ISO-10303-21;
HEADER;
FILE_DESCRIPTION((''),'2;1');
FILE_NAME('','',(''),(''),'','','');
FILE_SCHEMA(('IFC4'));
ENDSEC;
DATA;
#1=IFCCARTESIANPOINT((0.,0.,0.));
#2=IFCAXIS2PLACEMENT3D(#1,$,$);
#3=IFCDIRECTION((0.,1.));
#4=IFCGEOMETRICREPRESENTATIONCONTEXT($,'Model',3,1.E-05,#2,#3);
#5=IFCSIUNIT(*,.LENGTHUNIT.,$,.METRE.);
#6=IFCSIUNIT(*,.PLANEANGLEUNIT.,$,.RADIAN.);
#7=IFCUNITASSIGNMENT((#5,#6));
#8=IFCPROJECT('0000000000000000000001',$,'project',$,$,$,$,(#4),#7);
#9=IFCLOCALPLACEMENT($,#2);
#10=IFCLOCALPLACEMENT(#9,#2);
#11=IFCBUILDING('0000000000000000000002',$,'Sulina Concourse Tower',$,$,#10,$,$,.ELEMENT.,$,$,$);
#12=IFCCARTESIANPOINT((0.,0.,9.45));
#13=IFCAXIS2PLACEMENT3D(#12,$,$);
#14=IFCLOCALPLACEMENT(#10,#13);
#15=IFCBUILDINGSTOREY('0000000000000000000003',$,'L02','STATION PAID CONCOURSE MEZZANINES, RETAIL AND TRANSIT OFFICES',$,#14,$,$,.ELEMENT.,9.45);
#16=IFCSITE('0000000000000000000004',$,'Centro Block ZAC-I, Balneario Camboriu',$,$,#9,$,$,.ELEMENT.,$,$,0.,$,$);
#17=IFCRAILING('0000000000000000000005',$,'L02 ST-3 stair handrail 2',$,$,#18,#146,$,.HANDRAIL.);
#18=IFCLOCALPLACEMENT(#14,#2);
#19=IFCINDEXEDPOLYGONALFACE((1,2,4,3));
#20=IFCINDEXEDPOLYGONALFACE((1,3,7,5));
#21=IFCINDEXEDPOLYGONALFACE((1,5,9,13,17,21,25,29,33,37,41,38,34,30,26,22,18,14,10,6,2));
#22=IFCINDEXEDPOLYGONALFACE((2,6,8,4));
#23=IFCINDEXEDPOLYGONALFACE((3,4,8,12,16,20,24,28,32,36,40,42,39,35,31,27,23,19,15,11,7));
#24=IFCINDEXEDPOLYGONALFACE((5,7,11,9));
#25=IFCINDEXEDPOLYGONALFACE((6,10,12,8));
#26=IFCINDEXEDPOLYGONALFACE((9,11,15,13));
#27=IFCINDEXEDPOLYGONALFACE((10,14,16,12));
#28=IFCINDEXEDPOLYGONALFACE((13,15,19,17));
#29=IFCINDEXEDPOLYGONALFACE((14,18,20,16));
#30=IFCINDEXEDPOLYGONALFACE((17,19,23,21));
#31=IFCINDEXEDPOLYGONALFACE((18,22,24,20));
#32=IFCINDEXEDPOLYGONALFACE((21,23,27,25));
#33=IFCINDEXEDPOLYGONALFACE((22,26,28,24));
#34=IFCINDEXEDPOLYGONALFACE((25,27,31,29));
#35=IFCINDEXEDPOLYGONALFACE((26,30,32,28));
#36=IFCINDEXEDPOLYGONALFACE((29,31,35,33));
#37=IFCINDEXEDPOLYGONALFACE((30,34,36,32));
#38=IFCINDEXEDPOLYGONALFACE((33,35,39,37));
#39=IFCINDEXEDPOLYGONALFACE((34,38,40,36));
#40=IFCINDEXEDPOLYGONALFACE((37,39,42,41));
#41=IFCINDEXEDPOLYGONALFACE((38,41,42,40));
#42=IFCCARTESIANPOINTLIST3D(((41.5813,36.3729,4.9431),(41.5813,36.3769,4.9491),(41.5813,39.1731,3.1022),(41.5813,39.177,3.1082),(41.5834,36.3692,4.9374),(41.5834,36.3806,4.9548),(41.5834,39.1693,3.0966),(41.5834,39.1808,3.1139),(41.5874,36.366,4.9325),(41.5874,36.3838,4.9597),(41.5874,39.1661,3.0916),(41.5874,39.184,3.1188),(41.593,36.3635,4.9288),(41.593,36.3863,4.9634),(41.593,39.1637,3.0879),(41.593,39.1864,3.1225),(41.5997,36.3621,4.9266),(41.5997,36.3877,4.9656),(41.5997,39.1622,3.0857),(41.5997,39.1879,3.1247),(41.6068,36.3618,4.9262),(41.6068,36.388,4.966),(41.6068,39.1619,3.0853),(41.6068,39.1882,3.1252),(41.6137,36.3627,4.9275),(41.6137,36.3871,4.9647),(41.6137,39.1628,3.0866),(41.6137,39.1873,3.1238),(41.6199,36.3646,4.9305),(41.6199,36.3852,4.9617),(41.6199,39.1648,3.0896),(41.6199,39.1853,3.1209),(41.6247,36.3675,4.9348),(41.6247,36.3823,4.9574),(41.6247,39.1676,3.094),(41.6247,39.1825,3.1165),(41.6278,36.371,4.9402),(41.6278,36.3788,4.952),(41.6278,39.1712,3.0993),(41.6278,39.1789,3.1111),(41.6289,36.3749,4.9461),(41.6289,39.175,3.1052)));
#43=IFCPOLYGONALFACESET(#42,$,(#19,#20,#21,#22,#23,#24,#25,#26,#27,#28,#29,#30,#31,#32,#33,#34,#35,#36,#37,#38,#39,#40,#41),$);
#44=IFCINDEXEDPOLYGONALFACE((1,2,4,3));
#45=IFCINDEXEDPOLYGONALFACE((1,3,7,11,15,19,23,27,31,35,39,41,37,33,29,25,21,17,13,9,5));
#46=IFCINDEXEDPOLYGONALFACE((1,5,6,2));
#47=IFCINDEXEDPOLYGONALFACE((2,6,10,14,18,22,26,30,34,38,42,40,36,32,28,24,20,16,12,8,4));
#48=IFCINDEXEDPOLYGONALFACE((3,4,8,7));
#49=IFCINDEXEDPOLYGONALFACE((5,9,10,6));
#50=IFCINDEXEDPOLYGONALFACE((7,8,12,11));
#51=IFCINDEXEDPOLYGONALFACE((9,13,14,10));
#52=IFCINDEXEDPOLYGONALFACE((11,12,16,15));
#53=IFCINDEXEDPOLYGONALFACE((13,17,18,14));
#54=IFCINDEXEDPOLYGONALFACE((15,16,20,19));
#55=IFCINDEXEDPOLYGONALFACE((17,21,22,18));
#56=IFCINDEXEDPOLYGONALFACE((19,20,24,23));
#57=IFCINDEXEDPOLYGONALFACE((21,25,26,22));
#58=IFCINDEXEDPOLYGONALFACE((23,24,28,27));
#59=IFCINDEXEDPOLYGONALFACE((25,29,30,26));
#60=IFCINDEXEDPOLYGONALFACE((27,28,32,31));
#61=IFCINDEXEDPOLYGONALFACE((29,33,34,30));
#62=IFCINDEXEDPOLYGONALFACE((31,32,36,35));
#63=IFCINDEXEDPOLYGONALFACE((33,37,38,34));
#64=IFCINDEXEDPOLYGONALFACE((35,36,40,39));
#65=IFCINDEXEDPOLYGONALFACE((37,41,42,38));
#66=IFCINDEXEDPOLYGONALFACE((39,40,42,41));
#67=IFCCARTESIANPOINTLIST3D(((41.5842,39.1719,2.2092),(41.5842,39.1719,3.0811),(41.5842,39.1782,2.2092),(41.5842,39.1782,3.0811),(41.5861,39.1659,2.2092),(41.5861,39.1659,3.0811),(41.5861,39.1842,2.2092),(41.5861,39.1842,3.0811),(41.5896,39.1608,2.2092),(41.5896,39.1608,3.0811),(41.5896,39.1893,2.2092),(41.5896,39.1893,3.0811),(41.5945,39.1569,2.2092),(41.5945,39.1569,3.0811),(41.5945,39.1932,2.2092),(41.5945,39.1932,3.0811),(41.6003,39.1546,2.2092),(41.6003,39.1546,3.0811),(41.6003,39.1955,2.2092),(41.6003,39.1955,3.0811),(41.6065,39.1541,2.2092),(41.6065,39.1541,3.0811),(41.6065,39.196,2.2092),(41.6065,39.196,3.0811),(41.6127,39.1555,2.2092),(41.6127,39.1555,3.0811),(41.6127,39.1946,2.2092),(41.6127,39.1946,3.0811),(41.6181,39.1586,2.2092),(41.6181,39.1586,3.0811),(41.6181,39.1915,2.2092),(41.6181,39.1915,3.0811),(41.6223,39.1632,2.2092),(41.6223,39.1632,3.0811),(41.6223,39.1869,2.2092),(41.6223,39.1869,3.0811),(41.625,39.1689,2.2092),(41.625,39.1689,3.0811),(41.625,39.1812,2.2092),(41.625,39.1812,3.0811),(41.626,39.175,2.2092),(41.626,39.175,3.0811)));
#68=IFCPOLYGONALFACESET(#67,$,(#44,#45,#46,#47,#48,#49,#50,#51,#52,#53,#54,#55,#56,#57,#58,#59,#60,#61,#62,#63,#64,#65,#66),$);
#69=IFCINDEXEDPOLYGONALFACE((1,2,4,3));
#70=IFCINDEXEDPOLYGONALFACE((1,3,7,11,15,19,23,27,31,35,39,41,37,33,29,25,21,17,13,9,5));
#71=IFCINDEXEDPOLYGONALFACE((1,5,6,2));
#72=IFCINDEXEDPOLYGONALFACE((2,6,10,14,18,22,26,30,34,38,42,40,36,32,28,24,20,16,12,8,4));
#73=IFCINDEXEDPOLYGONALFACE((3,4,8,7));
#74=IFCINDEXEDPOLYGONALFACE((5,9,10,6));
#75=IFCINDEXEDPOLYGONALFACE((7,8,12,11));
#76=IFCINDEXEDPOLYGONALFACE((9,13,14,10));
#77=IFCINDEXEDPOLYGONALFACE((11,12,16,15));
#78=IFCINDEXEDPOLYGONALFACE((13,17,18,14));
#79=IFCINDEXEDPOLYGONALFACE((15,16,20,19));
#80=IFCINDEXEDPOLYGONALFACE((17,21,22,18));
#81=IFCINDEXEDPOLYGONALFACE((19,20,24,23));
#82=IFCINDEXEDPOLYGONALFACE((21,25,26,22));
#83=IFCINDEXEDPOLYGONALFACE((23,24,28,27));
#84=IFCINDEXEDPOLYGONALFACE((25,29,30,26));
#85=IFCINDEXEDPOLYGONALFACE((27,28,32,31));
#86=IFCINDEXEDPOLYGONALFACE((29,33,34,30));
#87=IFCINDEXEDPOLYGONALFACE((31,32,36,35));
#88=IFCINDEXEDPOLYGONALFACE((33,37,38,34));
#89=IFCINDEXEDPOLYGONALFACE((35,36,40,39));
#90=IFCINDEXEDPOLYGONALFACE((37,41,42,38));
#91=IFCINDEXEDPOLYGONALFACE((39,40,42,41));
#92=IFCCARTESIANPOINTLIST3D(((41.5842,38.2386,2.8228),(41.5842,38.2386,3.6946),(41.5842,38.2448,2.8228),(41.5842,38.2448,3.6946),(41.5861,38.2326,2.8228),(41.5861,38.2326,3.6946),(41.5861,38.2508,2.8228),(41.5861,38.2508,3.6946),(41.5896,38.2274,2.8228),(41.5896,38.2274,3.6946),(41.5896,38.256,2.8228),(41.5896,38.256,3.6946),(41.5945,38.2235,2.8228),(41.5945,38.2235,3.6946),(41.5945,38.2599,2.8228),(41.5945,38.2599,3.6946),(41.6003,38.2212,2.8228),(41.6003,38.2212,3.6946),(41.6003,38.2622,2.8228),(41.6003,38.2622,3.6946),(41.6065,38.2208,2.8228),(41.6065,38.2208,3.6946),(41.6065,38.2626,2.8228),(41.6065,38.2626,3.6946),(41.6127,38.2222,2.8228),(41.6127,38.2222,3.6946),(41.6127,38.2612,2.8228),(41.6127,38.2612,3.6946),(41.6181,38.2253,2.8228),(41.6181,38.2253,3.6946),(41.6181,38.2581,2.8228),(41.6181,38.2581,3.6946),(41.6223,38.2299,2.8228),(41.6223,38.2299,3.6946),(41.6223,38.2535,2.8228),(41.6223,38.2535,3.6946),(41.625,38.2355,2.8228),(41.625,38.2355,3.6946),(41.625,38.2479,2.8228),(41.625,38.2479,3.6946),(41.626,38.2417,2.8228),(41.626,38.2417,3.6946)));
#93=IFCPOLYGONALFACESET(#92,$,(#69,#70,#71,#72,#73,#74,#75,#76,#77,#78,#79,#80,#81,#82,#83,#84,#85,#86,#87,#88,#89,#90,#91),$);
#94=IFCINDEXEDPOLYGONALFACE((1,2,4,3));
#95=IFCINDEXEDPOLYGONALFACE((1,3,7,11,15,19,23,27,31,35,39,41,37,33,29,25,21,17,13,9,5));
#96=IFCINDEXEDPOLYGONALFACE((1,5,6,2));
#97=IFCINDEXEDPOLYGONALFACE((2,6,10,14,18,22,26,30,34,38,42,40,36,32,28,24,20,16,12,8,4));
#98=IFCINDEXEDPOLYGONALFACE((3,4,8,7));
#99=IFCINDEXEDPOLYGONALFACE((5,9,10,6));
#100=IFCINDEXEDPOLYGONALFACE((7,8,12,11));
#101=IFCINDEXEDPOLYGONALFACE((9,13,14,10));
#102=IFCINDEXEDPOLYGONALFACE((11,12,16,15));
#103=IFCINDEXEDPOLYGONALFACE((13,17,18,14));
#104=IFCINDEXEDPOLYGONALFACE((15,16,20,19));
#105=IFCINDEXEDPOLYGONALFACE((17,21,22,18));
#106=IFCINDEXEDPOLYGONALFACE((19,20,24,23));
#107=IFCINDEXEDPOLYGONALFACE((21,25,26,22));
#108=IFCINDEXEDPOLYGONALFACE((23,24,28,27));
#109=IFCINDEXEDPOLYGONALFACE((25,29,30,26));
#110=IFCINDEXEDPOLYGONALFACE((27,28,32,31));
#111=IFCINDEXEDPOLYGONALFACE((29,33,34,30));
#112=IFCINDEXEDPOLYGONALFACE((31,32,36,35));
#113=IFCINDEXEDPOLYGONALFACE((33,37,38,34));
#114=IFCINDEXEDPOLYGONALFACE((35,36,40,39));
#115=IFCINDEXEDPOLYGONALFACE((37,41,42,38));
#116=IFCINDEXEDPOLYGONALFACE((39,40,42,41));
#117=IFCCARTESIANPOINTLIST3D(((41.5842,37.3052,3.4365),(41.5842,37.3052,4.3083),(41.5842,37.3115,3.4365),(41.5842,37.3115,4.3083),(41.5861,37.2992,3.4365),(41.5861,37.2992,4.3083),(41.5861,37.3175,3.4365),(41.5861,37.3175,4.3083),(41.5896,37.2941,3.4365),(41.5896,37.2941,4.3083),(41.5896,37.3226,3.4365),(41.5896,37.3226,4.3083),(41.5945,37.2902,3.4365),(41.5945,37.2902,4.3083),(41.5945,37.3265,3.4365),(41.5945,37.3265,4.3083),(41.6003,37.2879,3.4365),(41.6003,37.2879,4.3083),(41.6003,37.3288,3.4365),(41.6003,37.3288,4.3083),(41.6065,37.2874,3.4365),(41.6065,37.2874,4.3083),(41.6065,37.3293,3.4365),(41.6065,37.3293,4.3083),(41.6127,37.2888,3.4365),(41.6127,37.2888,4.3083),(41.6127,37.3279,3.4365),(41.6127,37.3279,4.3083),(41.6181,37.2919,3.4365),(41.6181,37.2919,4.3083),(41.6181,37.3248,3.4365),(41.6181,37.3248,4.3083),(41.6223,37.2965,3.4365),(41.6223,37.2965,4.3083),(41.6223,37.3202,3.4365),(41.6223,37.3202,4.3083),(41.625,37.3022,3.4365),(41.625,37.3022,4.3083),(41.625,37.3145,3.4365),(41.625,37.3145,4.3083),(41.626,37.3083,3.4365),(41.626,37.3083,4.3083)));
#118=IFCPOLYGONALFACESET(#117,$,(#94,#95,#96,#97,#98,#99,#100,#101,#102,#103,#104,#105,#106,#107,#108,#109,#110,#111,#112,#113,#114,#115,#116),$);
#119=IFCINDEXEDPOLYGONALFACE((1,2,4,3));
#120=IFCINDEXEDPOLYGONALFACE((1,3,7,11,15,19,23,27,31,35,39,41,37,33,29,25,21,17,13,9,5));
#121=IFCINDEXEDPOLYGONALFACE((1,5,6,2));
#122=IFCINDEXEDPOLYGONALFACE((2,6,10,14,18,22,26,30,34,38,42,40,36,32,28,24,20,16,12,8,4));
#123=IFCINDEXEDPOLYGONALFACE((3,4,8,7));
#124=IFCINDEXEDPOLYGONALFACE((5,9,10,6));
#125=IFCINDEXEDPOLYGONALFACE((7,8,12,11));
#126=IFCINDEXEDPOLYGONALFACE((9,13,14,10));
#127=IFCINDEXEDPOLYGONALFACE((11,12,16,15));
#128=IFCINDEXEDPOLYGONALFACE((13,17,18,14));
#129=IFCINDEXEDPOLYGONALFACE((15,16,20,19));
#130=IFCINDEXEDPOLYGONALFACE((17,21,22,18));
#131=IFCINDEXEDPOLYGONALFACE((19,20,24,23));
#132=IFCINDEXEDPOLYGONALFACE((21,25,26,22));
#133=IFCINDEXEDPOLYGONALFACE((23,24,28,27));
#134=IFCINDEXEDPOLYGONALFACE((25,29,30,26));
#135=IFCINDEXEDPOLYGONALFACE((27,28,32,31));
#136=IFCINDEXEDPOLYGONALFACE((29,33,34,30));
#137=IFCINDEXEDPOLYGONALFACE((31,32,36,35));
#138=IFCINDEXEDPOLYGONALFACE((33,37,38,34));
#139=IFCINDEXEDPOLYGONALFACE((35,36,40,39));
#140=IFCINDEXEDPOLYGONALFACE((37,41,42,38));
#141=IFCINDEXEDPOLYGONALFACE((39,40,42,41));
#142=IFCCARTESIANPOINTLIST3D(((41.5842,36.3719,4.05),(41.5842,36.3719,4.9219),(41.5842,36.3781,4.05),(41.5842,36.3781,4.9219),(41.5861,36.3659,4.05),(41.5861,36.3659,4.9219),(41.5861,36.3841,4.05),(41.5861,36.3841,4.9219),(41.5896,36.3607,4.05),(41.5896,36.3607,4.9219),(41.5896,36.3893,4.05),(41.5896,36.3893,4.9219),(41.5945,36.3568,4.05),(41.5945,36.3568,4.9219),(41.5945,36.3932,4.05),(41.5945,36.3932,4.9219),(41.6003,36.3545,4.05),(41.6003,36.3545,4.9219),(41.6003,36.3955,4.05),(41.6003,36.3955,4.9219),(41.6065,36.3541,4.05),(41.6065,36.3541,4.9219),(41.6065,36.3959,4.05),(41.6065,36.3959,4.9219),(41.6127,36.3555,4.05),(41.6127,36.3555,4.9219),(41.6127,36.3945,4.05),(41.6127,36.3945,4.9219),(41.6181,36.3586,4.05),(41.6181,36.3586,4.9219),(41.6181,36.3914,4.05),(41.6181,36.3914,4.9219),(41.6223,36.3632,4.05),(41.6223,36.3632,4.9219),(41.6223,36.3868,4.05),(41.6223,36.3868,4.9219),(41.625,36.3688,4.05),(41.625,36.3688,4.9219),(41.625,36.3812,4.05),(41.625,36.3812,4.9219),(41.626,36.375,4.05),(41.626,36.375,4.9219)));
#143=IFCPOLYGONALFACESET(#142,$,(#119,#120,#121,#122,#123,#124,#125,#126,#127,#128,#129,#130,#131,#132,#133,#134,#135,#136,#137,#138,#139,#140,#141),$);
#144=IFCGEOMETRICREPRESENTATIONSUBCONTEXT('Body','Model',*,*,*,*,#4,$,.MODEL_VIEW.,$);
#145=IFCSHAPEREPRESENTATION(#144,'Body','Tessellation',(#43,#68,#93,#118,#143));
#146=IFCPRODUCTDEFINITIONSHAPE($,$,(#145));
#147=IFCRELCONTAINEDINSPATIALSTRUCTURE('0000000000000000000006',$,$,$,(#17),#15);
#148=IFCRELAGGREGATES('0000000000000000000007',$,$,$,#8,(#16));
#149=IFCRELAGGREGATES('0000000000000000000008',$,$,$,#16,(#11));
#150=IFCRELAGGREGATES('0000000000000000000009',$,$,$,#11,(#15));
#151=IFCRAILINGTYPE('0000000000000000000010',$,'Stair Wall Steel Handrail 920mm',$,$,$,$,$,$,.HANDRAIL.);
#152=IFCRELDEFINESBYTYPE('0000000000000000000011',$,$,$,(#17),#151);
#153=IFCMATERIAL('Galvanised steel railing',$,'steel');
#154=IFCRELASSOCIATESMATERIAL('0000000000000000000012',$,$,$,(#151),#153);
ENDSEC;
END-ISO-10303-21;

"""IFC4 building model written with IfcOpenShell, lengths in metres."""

from ifc_helpers import new_model, si_unit, direction, frame, origin, origin_2d, place, context, subcontext, project, spatial, circle, extrude, material, type_object, element, save


model = new_model("IFC4")

# Units and contexts
model_context = context("Model", 3, precision=1e-05, world=origin(), true_north=direction((0.0, 1.0)))
body_context = subcontext(model_context, "Body", "Model", "MODEL_VIEW")
ifc_project = project(units=[si_unit("LENGTHUNIT", "METRE"), si_unit("PLANEANGLEUNIT", "RADIAN")], contexts=[model_context])

# Site, building, storey
site_placement = place(None, origin())
site = spatial("IfcSite", under=ifc_project, at=site_placement, Name="Centro Block ZAC-I, Balneario Camboriu", CompositionType="ELEMENT", RefElevation=0.0)
building_placement = place(site_placement, origin())
building = spatial("IfcBuilding", under=site, at=building_placement, Name="Sulina Concourse Tower", CompositionType="ELEMENT")
storey_placement = place(building_placement, frame((0.0, 0.0, 9.45)))
storey = spatial("IfcBuildingStorey", under=building, at=storey_placement, Name="L02", Description="STATION PAID CONCOURSE MEZZANINES, RETAIL AND TRANSIT OFFICES", CompositionType="ELEMENT", Elevation=9.45)

# Railing
ifc_material_1 = material(Name="Galvanised steel railing", Category="steel")
railing_type_1 = type_object("IfcRailingType", Name="Stair Wall Steel Handrail 920mm", PredefinedType="HANDRAIL", material=ifc_material_1)
railing_1_placement = place(storey_placement, frame((41.605, 39.175, 2.2092)))
element("IfcRailing", 1, at=railing_1_placement, inside=storey, type_object=railing_type_1, Name="L02 ST-3 stair handrail 2", PredefinedType="HANDRAIL", context=body_context, shape_type="SweptSolid", body=[
    extrude(circle(Radius=0.0239, at=origin_2d()), frame((0.0, 0.0, 0.896), z_axis=(0.0, -0.835598, 0.549342), x_axis=(1.0, 0.0, 0.0)), (0.0, 0.0, 1.0), 3.3511),
    extrude(circle(Radius=0.021, at=origin_2d()), origin(), (0.0, 0.0, 1.0), 0.8718),
    extrude(circle(Radius=0.021, at=origin_2d()), frame((0.0, -0.9333, 0.6135)), (0.0, 0.0, 1.0), 0.8718),
    extrude(circle(Radius=0.021, at=origin_2d()), frame((0.0, -1.8667, 1.2273)), (0.0, 0.0, 1.0), 0.8718),
    extrude(circle(Radius=0.021, at=origin_2d()), frame((0.0, -2.8, 1.8408)), (0.0, 0.0, 1.0), 0.8718),
])

save(model, "model.ifc")
